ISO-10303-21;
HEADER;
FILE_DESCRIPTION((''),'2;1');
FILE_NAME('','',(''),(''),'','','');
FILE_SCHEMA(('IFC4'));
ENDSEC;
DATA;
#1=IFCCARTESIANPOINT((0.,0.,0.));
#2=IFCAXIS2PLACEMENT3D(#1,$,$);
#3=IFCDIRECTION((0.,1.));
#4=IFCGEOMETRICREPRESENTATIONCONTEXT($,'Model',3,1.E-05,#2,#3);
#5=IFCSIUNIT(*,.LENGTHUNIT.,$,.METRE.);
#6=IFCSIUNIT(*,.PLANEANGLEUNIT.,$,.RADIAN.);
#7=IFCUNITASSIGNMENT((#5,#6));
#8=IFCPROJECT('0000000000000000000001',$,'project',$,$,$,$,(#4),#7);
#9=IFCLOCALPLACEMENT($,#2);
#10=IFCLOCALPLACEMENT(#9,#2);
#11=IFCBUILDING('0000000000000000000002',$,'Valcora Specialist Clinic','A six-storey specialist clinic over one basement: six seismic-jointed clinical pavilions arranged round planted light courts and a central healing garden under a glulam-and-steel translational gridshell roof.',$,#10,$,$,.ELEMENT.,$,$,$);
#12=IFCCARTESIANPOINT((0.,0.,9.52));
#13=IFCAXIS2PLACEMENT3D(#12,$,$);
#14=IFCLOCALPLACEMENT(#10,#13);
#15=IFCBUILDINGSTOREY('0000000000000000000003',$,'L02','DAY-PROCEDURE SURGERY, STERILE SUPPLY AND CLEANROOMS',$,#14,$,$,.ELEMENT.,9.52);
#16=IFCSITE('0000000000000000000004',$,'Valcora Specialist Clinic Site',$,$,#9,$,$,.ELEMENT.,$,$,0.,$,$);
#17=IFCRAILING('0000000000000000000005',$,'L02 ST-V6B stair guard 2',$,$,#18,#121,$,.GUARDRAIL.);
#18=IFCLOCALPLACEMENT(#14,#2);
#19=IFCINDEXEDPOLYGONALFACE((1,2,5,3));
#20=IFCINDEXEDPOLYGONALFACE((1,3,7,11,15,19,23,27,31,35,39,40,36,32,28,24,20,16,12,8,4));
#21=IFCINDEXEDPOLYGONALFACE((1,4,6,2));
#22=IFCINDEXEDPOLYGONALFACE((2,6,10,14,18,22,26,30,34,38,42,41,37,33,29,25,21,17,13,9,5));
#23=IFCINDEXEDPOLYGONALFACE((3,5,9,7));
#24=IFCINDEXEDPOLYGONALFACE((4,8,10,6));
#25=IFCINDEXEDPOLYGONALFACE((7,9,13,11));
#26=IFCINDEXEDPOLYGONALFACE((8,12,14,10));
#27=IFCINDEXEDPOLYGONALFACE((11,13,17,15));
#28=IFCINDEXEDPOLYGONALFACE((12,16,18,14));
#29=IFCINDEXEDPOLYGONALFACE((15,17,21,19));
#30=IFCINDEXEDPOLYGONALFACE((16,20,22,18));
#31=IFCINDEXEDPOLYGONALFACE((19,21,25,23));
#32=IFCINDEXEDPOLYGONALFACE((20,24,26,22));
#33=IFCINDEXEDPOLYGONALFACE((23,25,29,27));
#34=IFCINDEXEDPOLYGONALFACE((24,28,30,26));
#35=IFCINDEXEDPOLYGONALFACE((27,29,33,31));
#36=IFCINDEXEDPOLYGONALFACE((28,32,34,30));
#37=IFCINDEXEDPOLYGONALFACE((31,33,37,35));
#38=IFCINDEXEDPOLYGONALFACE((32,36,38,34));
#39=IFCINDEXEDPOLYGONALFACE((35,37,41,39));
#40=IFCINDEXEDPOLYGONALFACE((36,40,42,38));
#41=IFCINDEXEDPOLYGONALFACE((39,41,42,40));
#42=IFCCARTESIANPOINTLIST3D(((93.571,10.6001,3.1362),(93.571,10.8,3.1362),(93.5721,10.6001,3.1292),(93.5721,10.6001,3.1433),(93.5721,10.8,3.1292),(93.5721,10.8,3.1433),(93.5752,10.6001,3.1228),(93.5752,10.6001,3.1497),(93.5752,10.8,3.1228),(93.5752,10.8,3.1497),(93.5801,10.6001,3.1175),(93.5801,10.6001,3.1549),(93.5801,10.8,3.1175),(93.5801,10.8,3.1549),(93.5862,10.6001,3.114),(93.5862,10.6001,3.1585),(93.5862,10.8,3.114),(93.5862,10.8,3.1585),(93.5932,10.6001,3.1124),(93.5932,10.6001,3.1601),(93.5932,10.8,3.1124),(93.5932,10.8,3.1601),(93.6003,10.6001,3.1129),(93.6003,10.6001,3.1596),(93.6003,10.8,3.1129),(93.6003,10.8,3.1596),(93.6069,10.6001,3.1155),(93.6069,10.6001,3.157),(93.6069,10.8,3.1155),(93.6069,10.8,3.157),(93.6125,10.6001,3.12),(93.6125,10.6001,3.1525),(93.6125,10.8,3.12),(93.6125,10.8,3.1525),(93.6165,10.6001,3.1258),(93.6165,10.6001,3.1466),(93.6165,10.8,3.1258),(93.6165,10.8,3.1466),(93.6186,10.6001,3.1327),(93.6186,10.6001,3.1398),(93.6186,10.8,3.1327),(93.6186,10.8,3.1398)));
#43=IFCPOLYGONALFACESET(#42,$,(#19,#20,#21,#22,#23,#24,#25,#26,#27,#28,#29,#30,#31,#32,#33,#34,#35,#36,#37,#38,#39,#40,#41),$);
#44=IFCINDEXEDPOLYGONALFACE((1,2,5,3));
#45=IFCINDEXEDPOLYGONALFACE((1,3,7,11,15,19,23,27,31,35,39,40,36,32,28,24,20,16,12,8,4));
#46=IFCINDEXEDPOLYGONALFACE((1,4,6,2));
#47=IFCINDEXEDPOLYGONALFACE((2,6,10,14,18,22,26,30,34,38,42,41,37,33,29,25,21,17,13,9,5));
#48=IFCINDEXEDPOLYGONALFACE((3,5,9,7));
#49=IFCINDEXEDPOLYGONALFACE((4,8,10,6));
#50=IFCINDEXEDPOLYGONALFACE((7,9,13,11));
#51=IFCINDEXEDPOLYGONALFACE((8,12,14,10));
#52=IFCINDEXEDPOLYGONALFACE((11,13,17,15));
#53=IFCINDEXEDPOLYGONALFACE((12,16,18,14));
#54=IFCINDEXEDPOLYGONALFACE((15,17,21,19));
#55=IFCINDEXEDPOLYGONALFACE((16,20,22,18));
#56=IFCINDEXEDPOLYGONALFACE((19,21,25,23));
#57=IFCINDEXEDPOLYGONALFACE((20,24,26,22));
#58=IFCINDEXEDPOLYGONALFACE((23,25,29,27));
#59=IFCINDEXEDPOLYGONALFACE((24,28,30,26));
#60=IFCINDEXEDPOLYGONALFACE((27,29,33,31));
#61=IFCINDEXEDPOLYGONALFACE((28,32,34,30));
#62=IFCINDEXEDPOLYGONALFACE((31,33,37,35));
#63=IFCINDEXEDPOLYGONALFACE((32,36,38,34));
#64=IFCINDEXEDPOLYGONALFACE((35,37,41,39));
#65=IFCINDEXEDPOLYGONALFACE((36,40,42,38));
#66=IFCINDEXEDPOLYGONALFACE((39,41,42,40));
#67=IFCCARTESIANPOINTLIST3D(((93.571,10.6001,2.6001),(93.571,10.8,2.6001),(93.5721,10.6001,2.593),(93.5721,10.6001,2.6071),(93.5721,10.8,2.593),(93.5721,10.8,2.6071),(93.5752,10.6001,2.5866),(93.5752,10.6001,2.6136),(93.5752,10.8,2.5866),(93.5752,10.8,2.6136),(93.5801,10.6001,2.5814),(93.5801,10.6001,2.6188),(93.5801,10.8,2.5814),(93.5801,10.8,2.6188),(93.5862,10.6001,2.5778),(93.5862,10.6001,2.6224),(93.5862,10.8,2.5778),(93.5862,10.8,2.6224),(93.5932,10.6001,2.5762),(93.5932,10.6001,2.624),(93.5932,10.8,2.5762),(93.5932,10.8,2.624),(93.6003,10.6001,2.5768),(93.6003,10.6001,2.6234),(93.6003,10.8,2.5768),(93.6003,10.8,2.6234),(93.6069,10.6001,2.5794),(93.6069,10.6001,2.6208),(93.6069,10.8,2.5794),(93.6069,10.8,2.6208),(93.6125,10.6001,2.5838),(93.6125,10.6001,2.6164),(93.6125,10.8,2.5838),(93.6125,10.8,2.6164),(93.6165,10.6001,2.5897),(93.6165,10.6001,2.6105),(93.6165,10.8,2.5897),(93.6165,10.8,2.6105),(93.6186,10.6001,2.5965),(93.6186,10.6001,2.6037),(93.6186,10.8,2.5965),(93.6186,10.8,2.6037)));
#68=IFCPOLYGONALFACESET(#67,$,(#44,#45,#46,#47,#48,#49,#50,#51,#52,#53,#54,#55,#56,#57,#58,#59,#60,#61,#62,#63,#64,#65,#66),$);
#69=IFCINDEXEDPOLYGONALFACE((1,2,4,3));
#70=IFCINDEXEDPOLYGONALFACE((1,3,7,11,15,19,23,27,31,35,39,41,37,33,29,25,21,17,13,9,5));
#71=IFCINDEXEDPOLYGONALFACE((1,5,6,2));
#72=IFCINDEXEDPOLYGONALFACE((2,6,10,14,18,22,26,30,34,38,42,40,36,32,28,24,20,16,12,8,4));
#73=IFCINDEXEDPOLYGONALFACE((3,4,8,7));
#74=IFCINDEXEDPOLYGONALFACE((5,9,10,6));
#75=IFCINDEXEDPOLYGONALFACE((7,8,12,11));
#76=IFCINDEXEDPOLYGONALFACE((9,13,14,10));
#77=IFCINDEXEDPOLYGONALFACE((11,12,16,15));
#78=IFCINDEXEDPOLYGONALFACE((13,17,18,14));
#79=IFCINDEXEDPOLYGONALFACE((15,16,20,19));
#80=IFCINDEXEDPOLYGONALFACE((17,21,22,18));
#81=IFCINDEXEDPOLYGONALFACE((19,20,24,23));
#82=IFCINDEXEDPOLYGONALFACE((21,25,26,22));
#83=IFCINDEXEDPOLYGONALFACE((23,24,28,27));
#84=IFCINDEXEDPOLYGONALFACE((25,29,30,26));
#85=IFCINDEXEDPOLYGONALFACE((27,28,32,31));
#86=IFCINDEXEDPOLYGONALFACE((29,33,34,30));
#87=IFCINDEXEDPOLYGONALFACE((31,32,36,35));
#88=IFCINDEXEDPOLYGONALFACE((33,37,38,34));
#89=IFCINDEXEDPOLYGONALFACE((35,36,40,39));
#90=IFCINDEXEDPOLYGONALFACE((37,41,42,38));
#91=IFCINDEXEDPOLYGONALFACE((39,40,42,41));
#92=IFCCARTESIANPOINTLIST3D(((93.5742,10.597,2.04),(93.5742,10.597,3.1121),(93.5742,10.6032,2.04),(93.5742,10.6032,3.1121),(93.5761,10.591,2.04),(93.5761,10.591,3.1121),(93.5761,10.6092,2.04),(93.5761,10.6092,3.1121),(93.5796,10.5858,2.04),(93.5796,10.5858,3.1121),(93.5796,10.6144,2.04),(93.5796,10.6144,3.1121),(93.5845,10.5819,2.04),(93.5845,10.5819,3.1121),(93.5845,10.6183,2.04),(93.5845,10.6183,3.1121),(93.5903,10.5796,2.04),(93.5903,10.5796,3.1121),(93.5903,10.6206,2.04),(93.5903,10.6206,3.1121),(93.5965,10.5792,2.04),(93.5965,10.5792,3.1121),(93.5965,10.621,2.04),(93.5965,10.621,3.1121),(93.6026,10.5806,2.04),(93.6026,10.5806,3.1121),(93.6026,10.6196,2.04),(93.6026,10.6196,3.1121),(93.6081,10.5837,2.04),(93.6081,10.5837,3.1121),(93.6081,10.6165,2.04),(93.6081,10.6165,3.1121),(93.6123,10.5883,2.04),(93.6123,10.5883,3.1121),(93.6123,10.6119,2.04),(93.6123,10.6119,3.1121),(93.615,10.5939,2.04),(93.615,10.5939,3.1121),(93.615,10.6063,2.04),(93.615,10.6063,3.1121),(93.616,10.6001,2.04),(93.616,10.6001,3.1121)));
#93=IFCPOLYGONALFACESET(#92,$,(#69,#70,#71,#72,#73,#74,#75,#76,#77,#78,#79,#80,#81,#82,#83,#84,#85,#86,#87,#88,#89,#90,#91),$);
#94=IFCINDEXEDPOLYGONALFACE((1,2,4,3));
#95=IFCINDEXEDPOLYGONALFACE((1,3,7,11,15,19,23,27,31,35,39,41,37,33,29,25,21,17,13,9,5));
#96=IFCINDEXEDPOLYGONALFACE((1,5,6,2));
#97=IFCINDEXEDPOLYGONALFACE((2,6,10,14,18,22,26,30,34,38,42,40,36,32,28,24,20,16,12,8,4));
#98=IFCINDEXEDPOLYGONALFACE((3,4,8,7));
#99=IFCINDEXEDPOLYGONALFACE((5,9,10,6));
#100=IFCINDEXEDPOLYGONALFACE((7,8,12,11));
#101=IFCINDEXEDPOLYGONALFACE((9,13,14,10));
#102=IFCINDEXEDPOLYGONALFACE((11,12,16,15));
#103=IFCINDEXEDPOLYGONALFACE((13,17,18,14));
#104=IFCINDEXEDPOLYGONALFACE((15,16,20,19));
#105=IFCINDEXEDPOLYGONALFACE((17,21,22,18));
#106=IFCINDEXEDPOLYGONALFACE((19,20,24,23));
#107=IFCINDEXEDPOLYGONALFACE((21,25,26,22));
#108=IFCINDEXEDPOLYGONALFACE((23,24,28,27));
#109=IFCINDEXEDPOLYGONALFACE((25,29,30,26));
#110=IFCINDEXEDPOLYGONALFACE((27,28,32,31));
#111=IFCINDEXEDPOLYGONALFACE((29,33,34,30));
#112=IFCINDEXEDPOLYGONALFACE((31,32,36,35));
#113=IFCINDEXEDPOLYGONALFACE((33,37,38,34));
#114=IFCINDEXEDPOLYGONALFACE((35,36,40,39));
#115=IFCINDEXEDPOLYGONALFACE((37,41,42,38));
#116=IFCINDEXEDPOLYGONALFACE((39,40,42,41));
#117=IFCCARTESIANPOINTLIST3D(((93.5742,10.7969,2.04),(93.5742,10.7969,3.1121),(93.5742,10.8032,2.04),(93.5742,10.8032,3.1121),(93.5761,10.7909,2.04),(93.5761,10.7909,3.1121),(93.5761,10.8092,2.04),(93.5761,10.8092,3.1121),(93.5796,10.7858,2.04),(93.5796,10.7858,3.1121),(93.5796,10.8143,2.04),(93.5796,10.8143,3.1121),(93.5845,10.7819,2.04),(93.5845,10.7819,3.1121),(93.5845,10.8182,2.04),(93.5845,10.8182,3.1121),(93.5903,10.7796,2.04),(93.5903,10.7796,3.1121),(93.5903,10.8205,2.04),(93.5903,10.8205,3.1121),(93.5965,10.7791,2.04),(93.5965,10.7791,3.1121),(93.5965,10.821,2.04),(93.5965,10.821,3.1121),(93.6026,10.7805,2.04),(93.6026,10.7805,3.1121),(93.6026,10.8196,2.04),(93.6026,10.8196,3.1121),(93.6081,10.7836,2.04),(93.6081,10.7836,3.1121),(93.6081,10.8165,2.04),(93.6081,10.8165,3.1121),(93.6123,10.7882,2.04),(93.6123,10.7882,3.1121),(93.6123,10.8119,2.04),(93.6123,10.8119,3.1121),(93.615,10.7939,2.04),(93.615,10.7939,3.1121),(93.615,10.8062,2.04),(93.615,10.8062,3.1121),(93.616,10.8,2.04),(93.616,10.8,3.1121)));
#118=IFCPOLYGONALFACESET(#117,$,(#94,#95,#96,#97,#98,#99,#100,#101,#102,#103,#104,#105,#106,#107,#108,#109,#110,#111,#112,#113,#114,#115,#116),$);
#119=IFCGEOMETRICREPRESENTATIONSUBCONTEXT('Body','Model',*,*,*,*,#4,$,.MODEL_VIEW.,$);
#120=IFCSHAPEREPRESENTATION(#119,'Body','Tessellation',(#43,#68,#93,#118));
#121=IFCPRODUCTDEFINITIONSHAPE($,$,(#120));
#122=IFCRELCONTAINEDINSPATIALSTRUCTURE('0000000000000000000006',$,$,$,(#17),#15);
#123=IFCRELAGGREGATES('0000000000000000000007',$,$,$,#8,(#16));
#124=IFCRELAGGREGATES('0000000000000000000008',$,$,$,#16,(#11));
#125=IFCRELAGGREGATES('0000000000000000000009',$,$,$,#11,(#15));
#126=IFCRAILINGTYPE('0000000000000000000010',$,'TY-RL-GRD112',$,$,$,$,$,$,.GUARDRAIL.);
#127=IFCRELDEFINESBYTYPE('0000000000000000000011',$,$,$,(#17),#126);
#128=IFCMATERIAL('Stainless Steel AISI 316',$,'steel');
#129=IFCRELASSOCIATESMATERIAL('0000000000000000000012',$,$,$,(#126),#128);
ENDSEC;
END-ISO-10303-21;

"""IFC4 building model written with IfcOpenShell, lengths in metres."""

from ifc_helpers import new_model, si_unit, direction, frame, origin, origin_2d, place, context, subcontext, project, spatial, circle, extrude, material, type_object, element, save


model = new_model("IFC4")

# Units and contexts
model_context = context("Model", 3, precision=1e-05, world=origin(), true_north=direction((0.0, 1.0)))
body_context = subcontext(model_context, "Body", "Model", "MODEL_VIEW")
ifc_project = project(units=[si_unit("LENGTHUNIT", "METRE"), si_unit("PLANEANGLEUNIT", "RADIAN")], contexts=[model_context])

# Site, building, storey
site_placement = place(None, origin())
site = spatial("IfcSite", under=ifc_project, at=site_placement, Name="Valcora Specialist Clinic Site", CompositionType="ELEMENT", RefElevation=0.0)
building_placement = place(site_placement, origin())
building = spatial("IfcBuilding", under=site, at=building_placement, Name="Valcora Specialist Clinic", Description="A six-storey specialist clinic over one basement: six seismic-jointed clinical pavilions arranged round planted light courts and a central healing garden under a glulam-and-steel translational gridshell roof.", CompositionType="ELEMENT")
storey_placement = place(building_placement, frame((0.0, 0.0, 9.52)))
storey = spatial("IfcBuildingStorey", under=building, at=storey_placement, Name="L02", Description="DAY-PROCEDURE SURGERY, STERILE SUPPLY AND CLEANROOMS", CompositionType="ELEMENT", Elevation=9.52)

# Shared definitions
ifc_material_1 = material(Name="Stainless Steel AISI 316", Category="steel")

# Railing
railing_type_1 = type_object("IfcRailingType", Name="TY-RL-GRD112", PredefinedType="GUARDRAIL", material=ifc_material_1)
railing_1_placement = place(storey_placement, frame((93.595, 10.6001, 2.04)))
element("IfcRailing", 1, at=railing_1_placement, inside=storey, type_object=railing_type_1, Name="L02 ST-V6B stair guard 2", PredefinedType="GUARDRAIL", context=body_context, shape_type="SweptSolid", body=[
    extrude(circle(Radius=0.0239, at=origin_2d()), frame((0.0, 0.0, 1.0962), z_axis=(0.0, 1.0, 0.0), x_axis=(-1.0, 0.0, 0.0)), (0.0, 0.0, 1.0), 0.2),
    extrude(circle(Radius=0.0239, at=origin_2d()), frame((0.0, 0.0, 0.5601), z_axis=(0.0, 1.0, 0.0), x_axis=(-1.0, 0.0, 0.0)), (0.0, 0.0, 1.0), 0.2),
    extrude(circle(Radius=0.021, at=origin_2d()), origin(), (0.0, 0.0, 1.0), 1.072),
    extrude(circle(Radius=0.021, at=origin_2d()), frame((0.0, 0.2, 0.0)), (0.0, 0.0, 1.0), 1.072),
])

save(model, "model.ifc")
